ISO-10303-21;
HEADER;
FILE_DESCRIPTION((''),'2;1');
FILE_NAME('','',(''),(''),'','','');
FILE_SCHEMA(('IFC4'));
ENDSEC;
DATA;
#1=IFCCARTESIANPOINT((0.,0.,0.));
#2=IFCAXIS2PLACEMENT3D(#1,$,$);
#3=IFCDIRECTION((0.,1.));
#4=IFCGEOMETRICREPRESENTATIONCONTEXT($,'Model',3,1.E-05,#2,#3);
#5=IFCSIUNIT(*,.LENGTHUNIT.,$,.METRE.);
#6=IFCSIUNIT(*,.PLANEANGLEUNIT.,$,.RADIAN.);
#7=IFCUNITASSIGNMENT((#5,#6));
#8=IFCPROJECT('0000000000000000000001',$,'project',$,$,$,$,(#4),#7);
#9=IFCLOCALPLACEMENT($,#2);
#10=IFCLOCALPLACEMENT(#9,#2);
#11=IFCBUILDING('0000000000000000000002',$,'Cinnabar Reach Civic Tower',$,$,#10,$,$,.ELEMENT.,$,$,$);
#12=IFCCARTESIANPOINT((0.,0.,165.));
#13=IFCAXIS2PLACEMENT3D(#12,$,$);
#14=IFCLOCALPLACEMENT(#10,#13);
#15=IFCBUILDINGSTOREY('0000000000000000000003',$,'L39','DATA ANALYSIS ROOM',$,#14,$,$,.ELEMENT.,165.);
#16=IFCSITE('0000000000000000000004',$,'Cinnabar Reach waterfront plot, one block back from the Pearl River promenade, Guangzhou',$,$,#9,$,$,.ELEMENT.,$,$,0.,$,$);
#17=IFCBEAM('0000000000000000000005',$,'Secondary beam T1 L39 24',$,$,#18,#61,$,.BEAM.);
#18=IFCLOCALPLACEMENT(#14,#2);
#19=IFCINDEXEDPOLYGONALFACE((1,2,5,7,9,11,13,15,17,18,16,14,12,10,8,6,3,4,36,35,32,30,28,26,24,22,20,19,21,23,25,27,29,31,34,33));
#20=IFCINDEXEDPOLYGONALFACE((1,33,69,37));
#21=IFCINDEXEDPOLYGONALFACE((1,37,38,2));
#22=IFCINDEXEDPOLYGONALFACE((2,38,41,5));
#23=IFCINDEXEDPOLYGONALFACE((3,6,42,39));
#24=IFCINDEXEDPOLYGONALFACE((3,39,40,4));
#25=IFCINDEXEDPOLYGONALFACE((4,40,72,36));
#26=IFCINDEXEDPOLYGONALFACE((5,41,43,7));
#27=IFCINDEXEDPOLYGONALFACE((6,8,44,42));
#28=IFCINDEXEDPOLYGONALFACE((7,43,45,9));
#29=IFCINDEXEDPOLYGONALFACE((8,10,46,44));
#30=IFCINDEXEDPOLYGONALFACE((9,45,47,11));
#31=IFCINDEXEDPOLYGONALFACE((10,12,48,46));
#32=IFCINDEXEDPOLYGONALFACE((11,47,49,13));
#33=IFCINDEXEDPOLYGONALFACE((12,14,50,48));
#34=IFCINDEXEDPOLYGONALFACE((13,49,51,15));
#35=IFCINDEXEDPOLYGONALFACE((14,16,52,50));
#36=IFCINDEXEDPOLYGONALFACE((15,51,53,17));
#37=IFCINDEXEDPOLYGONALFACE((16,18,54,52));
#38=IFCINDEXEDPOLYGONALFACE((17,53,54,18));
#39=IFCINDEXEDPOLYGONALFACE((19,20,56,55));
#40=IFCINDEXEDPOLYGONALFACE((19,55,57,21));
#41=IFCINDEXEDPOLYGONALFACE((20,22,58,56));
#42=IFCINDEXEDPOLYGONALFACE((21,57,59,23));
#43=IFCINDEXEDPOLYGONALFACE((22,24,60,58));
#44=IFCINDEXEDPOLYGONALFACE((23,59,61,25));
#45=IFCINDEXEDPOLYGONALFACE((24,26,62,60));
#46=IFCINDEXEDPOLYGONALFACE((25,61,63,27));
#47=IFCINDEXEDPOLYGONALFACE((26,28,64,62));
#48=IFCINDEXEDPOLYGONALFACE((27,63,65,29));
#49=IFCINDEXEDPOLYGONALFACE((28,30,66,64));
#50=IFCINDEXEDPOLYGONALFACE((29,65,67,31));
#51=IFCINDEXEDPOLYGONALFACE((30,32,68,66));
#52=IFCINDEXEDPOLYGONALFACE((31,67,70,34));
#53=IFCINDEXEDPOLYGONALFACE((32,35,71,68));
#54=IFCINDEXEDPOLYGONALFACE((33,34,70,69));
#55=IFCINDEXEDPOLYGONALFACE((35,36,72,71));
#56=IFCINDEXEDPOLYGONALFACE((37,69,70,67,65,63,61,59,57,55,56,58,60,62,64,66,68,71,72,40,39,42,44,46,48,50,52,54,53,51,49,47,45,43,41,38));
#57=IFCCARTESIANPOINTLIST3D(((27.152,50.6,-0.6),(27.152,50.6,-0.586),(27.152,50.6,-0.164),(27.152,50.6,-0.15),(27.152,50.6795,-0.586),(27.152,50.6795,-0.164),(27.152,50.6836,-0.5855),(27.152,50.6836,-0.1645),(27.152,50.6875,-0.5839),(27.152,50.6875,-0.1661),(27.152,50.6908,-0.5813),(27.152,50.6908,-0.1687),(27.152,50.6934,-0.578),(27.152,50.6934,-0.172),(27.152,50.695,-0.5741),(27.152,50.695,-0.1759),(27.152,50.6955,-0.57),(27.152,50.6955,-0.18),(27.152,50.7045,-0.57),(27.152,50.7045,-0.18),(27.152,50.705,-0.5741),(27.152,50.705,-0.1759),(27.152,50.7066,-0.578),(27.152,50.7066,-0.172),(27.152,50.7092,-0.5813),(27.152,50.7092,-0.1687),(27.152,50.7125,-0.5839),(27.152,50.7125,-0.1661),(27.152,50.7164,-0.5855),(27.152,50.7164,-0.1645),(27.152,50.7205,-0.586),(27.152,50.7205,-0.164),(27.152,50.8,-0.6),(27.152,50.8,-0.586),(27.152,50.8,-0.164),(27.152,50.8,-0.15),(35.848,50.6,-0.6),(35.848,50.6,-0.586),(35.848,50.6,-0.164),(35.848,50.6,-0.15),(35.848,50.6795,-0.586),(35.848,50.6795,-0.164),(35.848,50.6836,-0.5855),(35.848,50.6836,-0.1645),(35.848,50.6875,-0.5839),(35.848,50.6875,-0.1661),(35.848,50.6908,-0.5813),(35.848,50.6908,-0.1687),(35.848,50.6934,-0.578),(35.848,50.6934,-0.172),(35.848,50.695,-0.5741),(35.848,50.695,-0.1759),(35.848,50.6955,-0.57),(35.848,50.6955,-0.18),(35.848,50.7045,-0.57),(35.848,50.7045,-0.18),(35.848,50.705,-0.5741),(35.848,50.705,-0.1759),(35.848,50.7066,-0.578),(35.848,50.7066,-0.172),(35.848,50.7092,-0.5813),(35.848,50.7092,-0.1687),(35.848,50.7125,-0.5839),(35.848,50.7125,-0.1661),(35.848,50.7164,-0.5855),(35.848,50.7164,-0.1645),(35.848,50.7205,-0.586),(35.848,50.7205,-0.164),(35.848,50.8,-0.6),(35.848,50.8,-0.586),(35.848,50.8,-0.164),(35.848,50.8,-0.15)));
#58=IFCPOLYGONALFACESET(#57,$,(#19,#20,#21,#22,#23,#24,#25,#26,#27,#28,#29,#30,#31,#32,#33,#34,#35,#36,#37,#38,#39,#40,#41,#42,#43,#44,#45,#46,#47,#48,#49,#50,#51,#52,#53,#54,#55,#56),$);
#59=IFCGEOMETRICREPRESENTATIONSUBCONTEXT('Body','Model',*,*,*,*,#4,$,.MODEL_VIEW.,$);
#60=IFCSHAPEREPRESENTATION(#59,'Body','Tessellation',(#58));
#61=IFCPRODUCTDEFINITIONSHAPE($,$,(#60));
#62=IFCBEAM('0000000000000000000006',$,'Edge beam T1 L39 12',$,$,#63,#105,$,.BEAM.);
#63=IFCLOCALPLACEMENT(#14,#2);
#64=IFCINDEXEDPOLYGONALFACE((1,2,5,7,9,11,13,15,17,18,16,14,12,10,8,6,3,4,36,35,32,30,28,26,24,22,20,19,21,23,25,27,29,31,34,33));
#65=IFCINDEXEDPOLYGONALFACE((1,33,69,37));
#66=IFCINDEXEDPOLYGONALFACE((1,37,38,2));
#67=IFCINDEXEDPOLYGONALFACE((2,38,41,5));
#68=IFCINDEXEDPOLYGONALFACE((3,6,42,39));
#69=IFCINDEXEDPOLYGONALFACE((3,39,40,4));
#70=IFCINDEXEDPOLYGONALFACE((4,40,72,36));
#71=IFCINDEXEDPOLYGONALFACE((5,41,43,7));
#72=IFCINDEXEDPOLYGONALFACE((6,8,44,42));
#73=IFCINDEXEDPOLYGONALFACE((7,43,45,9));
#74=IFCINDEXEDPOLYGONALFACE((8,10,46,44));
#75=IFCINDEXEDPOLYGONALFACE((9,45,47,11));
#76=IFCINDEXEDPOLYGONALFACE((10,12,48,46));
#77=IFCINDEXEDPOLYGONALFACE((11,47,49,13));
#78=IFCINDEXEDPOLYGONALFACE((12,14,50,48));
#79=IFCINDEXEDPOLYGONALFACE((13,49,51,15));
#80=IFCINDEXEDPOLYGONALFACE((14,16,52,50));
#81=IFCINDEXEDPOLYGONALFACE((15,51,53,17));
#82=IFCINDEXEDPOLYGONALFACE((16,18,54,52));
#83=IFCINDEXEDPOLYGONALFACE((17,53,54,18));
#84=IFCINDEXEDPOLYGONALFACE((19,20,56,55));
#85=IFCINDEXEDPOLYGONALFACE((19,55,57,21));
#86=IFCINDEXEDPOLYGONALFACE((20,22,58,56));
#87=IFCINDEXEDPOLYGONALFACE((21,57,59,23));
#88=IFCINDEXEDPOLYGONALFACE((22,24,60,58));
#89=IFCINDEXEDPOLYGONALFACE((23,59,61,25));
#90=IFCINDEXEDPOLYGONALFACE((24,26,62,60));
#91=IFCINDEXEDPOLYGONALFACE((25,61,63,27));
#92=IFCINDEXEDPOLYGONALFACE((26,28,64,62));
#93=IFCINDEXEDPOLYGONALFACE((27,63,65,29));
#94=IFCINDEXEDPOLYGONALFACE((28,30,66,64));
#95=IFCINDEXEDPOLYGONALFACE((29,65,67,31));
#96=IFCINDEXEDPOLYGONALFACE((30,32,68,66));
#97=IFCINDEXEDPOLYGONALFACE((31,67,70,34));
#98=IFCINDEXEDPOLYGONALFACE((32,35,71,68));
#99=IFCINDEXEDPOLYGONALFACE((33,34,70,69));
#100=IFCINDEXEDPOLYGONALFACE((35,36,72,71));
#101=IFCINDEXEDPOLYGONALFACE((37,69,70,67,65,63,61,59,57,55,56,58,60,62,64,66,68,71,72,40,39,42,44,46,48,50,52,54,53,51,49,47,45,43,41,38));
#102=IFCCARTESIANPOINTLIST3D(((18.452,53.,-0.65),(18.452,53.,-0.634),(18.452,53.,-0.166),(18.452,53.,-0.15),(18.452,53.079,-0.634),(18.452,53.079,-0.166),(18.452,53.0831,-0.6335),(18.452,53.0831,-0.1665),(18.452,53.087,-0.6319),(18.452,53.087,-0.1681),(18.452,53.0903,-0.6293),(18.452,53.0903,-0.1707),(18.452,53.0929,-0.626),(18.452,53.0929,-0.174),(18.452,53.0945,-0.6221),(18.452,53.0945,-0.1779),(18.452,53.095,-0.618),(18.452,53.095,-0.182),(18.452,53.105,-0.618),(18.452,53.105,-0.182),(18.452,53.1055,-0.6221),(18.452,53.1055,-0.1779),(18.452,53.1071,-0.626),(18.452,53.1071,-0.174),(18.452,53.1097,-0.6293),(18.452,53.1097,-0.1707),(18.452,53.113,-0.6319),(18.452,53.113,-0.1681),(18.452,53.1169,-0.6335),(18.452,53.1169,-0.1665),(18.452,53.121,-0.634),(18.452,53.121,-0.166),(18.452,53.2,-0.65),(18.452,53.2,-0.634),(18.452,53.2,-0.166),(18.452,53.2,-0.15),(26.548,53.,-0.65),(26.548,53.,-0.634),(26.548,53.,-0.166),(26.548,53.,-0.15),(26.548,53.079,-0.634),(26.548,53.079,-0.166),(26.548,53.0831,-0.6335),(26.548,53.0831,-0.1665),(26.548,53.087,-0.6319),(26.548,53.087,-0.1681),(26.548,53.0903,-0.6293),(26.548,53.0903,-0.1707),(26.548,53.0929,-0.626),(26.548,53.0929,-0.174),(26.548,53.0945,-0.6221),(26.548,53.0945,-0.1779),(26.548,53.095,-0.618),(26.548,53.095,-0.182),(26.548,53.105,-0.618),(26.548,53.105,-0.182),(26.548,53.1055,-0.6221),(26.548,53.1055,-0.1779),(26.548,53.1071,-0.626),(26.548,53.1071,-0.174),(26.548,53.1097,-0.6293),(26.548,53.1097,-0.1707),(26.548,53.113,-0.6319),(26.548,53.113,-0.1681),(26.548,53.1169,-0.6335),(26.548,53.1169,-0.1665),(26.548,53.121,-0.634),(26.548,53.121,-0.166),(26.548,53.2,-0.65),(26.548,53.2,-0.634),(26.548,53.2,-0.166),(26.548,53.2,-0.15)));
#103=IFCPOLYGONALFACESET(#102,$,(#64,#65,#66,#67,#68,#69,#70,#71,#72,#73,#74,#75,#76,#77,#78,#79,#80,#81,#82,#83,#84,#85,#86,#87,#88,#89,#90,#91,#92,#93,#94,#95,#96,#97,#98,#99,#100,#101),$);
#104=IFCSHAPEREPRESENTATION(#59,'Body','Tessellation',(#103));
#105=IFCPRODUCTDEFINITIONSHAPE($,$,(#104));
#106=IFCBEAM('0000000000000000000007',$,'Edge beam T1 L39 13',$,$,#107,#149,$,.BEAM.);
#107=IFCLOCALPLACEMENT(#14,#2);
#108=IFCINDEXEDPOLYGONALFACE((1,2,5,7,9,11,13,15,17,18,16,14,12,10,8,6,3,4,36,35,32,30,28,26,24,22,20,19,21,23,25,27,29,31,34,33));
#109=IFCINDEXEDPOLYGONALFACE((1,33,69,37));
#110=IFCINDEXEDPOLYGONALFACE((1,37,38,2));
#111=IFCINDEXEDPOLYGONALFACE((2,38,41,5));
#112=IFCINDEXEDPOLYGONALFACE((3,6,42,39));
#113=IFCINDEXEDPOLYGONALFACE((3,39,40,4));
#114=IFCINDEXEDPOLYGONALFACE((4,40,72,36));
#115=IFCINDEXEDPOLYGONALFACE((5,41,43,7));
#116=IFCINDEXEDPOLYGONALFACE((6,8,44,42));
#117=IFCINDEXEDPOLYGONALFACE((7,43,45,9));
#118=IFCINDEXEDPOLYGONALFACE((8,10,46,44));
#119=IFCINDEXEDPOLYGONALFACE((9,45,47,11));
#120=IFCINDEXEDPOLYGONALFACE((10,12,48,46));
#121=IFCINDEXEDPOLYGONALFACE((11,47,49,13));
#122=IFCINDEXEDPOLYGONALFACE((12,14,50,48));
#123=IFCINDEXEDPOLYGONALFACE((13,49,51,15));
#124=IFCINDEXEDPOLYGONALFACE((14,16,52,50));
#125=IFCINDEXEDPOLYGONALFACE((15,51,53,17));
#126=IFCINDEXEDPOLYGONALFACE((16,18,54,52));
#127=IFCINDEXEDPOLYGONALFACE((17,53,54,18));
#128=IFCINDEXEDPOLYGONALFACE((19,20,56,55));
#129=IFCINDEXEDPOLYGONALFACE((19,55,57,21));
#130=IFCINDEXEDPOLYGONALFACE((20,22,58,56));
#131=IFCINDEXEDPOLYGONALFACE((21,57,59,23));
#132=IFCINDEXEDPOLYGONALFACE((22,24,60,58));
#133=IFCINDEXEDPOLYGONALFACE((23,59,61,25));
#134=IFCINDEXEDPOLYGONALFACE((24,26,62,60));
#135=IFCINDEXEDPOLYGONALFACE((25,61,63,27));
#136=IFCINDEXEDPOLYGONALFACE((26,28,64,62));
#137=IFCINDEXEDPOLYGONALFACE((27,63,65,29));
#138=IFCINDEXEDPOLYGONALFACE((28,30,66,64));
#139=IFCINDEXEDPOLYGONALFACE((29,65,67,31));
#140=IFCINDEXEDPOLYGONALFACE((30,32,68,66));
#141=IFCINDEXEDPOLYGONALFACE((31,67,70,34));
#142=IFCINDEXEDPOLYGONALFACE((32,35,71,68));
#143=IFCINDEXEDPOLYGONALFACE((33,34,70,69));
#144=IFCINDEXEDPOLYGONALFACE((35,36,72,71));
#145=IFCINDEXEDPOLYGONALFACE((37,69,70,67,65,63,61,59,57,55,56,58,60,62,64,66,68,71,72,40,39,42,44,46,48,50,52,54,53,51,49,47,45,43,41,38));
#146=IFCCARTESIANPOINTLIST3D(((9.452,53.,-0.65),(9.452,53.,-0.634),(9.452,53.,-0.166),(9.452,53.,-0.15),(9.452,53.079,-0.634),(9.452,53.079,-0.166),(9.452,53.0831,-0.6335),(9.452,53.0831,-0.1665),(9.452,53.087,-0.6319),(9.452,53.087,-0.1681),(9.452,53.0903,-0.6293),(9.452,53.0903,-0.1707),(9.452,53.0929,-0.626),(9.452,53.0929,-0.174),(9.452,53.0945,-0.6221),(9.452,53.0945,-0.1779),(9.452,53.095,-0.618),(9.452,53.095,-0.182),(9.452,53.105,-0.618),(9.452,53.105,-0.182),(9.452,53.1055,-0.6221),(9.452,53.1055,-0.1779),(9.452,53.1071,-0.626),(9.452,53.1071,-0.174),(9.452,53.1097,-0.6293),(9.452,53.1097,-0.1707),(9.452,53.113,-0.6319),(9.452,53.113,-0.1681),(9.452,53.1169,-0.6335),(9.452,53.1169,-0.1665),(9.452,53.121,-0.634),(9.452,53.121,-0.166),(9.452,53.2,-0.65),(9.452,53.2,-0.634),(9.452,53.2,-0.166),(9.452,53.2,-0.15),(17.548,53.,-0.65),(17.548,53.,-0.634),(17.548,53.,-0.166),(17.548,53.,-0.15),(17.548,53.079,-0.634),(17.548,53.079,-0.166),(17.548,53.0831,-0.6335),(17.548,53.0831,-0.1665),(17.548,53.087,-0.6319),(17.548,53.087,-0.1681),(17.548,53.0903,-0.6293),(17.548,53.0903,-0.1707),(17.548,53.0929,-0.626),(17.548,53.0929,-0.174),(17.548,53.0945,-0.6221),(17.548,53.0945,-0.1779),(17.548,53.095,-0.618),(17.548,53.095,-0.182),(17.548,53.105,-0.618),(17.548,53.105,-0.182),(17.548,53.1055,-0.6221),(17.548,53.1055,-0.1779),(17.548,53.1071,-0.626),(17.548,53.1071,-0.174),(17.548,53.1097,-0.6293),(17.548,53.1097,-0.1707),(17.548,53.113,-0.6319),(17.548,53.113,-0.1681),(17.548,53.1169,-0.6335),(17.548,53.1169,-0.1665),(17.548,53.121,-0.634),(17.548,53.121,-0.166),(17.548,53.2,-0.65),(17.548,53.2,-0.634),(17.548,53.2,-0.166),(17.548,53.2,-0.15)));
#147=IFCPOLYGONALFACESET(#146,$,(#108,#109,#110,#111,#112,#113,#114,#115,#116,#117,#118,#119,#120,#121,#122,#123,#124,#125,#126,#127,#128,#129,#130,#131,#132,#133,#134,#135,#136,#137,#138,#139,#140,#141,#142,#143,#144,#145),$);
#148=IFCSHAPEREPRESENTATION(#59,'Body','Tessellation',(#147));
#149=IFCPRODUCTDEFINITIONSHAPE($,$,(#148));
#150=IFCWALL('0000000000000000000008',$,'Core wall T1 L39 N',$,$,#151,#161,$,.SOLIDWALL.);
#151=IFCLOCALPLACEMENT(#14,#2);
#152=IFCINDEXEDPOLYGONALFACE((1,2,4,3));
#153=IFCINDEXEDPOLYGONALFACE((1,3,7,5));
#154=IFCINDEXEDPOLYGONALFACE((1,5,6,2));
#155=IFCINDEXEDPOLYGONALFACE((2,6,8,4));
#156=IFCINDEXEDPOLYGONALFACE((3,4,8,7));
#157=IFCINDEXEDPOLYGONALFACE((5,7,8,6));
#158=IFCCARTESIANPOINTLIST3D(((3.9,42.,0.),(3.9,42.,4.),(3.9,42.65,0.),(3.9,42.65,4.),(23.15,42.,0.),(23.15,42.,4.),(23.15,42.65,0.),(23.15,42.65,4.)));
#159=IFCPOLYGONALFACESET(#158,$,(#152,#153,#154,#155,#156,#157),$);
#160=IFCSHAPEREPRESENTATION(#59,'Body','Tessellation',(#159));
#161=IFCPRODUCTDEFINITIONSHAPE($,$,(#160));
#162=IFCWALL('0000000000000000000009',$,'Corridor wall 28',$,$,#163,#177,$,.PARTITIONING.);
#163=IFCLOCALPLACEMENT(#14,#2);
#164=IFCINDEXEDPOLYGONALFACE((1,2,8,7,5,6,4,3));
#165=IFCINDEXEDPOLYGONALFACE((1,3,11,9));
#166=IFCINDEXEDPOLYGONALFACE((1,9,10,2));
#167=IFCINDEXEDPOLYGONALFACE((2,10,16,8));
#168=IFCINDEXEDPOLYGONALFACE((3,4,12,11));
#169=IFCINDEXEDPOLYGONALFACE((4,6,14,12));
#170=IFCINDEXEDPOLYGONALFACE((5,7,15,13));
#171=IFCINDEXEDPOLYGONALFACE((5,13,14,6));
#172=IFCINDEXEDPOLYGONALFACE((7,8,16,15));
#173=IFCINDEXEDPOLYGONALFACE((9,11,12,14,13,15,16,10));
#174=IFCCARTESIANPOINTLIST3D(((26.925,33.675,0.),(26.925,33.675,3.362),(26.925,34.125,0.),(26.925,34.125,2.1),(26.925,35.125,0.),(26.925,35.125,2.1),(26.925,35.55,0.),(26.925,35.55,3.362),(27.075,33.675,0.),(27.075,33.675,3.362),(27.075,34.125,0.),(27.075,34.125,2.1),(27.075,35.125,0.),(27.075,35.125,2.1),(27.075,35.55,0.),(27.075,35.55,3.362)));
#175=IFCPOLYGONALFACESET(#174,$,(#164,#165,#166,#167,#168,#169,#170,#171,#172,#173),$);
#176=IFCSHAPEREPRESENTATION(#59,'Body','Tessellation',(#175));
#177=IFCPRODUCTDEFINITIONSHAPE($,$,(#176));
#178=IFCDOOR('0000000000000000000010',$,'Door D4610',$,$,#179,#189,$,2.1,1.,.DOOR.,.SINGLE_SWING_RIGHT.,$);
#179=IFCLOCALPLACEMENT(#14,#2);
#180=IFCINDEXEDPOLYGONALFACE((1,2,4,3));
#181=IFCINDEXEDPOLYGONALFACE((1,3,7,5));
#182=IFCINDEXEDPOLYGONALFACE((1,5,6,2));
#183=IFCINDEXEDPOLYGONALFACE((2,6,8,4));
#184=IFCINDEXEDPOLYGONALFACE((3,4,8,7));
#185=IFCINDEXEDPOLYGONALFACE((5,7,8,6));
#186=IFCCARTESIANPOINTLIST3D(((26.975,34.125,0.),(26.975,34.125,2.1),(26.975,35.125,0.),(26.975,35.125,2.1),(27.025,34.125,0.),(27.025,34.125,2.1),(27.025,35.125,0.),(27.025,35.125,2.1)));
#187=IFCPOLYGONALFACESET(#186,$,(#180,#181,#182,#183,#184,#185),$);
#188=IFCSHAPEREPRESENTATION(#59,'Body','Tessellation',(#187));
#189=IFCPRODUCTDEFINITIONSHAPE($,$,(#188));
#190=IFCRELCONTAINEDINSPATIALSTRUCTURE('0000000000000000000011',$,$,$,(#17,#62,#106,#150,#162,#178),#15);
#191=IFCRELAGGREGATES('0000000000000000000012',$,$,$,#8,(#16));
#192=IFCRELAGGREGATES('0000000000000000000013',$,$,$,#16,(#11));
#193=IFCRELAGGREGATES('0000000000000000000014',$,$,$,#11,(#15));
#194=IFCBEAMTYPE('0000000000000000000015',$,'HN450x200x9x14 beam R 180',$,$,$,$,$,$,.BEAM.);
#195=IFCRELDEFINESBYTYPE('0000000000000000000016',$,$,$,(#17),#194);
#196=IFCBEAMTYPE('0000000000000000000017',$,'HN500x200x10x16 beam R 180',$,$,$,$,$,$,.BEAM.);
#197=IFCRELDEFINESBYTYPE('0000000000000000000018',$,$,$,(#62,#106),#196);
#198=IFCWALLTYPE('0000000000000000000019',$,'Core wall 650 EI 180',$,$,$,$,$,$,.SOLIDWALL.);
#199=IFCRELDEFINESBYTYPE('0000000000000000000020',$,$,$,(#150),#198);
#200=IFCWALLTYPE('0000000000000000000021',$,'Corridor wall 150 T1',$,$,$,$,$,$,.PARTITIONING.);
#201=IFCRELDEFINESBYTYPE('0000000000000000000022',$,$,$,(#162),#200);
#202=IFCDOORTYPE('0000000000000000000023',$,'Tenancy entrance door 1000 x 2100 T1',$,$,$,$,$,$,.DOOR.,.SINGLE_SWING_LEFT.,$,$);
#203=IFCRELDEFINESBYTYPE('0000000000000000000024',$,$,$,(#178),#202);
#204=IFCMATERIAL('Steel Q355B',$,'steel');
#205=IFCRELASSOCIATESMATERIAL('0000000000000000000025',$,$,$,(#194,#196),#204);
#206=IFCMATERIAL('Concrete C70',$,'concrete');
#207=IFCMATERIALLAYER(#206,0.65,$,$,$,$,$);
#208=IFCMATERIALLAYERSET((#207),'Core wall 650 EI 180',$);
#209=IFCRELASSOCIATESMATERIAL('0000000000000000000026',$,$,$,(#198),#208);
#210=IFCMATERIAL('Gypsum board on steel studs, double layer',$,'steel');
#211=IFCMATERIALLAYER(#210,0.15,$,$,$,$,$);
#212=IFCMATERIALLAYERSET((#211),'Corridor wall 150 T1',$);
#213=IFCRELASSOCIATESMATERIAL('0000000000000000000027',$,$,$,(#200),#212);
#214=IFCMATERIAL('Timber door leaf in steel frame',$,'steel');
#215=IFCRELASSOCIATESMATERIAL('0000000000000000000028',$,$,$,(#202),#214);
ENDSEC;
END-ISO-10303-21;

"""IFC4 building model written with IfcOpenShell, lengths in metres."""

from ifc_helpers import new_model, si_unit, direction, frame, frame_2d, origin, origin_2d, place, context, subcontext, project, spatial, rectangle, i_section, extrude, material, layer, layer_set, material_profile, profile_set, type_object, element, fill, save


model = new_model("IFC4")

# Units and contexts
model_context = context("Model", 3, precision=1e-05, world=origin(), true_north=direction((0.0, 1.0)))
body_context = subcontext(model_context, "Body", "Model", "MODEL_VIEW")
ifc_project = project(units=[si_unit("LENGTHUNIT", "METRE"), si_unit("PLANEANGLEUNIT", "RADIAN")], contexts=[model_context])

# Site, building, storey
site_placement = place(None, origin())
site = spatial("IfcSite", under=ifc_project, at=site_placement, Name="Cinnabar Reach waterfront plot, one block back from the Pearl River promenade, Guangzhou", CompositionType="ELEMENT", RefElevation=0.0)
building_placement = place(site_placement, origin())
building = spatial("IfcBuilding", under=site, at=building_placement, Name="Cinnabar Reach Civic Tower", CompositionType="ELEMENT")
storey_placement = place(building_placement, frame((0.0, 0.0, 165.0)))
storey = spatial("IfcBuildingStorey", under=building, at=storey_placement, Name="L39", Description="DATA ANALYSIS ROOM", CompositionType="ELEMENT", Elevation=165.0)

# Shared definitions
ifc_material_1 = material(Name="Concrete C70", Category="concrete")

# Beams
ifc_material_2 = material(Name="Steel Q355B", Category="steel")
ifc_material_profile_1 = material_profile(ifc_material_2, i_section(OverallWidth=0.2, OverallDepth=0.45, WebThickness=0.009, FlangeThickness=0.014, FilletRadius=0.016, at=origin_2d()), Name="HN450x200x9x14")
ifc_profile_set_1 = profile_set([ifc_material_profile_1], Name="Steel Q355B")
beam_type_1 = type_object("IfcBeamType", Name="HN450x200x9x14 beam R 180", PredefinedType="BEAM", material=ifc_profile_set_1)
for number, where, z_axis, x_axis, name in (
    (1, (27.152, 50.7, -0.375), (1.0, 0.0, 0.0), (0.0, 1.0, 0.0), "Secondary beam T1 L39 24"),
):
    element("IfcBeam", number, at=place(storey_placement, frame(where, z_axis=z_axis, x_axis=x_axis)), inside=storey, type_object=beam_type_1, Name=name, PredefinedType="BEAM", context=body_context, shape_type="SweptSolid", body=[
        extrude(i_section(OverallWidth=0.2, OverallDepth=0.45, WebThickness=0.009, FlangeThickness=0.014, FilletRadius=0.016, at=origin_2d()), origin(), (0.0, 0.0, 1.0), 8.696),
    ])
ifc_material_profile_2 = material_profile(ifc_material_2, i_section(OverallWidth=0.2, OverallDepth=0.5, WebThickness=0.01, FlangeThickness=0.016, FilletRadius=0.016, at=origin_2d()), Name="HN500x200x10x16")
ifc_profile_set_2 = profile_set([ifc_material_profile_2], Name="Steel Q355B")
beam_type_2 = type_object("IfcBeamType", Name="HN500x200x10x16 beam R 180", PredefinedType="BEAM", material=ifc_profile_set_2)
for number, where, z_axis, x_axis, name in (
    (2, (26.548, 53.1, -0.4), (-1.0, 0.0, 0.0), (0.0, -1.0, 0.0), "Edge beam T1 L39 12"),
    (3, (17.548, 53.1, -0.4), (-1.0, 0.0, 0.0), (0.0, -1.0, 0.0), "Edge beam T1 L39 13"),
):
    element("IfcBeam", number, at=place(storey_placement, frame(where, z_axis=z_axis, x_axis=x_axis)), inside=storey, type_object=beam_type_2, Name=name, PredefinedType="BEAM", context=body_context, shape_type="SweptSolid", body=[
        extrude(i_section(OverallWidth=0.2, OverallDepth=0.5, WebThickness=0.01, FlangeThickness=0.016, FilletRadius=0.016, at=origin_2d()), origin(), (0.0, 0.0, 1.0), 8.096),
    ])

# Wall
ifc_layer_1 = layer(ifc_material_1, 0.65)
ifc_layer_set_1 = layer_set([ifc_layer_1], Name="Core wall 650 EI 180")
wall_type_1 = type_object("IfcWallType", Name="Core wall 650 EI 180", PredefinedType="SOLIDWALL", material=ifc_layer_set_1)
wall_1_placement = place(storey_placement, frame((23.15, 42.325, 0.0), z_axis=(0.0, 0.0, 1.0), x_axis=(-1.0, 0.0, 0.0)))
element("IfcWall", 4, at=wall_1_placement, inside=storey, type_object=wall_type_1, Name="Core wall T1 L39 N", PredefinedType="SOLIDWALL", context=body_context, shape_type="SweptSolid", body=[
    extrude(rectangle(XDim=19.25, YDim=0.65, at=frame_2d((9.625, 0.0))), origin(), (0.0, 0.0, 1.0), 4.0),
])

# Wall, opening, door
ifc_material_3 = material(Name="Gypsum board on steel studs, double layer", Category="steel")
ifc_layer_2 = layer(ifc_material_3, 0.15)
ifc_layer_set_2 = layer_set([ifc_layer_2], Name="Corridor wall 150 T1")
wall_type_2 = type_object("IfcWallType", Name="Corridor wall 150 T1", PredefinedType="PARTITIONING", material=ifc_layer_set_2)
wall_2_placement = place(storey_placement, frame((27.0, 33.675, 0.0), z_axis=(0.0, 0.0, 1.0), x_axis=(0.0, 1.0, 0.0)))
wall_2 = element("IfcWall", 5, at=wall_2_placement, inside=storey, type_object=wall_type_2, Name="Corridor wall 28", PredefinedType="PARTITIONING", context=body_context, shape_type="SweptSolid", body=[
    extrude(rectangle(XDim=1.875, YDim=0.15, at=frame_2d((0.9375, 0.0))), origin(), (0.0, 0.0, 1.0), 3.362),
])
opening_1_placement = place(wall_2_placement, frame((0.45, 0.0, 0.0)))
opening_1 = element("IfcOpeningElement", 6, at=opening_1_placement, cuts=wall_2, PredefinedType="OPENING", context=body_context, shape_type="SweptSolid", body=[
    extrude(rectangle(XDim=1.0, YDim=2.1, at=frame_2d((0.5, 1.05))), frame((0.0, 0.085, 0.0), z_axis=(0.0, -1.0, 0.0), x_axis=(1.0, 0.0, 0.0)), (0.0, 0.0, 1.0), 0.17),
])
ifc_material_4 = material(Name="Timber door leaf in steel frame", Category="steel")
door_type_1 = type_object("IfcDoorType", Name="Tenancy entrance door 1000 x 2100 T1", OperationType="SINGLE_SWING_LEFT", PredefinedType="DOOR", material=ifc_material_4)
door_1_placement = place(opening_1_placement, frame((1.0, 0.0, 0.0), z_axis=(0.0, 0.0, 1.0), x_axis=(-1.0, 0.0, 0.0)))
door_1 = element("IfcDoor", 7, at=door_1_placement, inside=storey, type_object=door_type_1, Name="Door D4610", OperationType="SINGLE_SWING_RIGHT", OverallHeight=2.1, OverallWidth=1.0, PredefinedType="DOOR", context=body_context, shape_type="SweptSolid", body=[
    extrude(rectangle(XDim=1.0, YDim=2.1, at=frame_2d((0.5, 1.05))), frame((0.0, 0.025, 0.0), z_axis=(0.0, -1.0, 0.0), x_axis=(1.0, 0.0, 0.0)), (0.0, 0.0, 1.0), 0.05),
])
fill(opening_1, door_1)

save(model, "model.ifc")
